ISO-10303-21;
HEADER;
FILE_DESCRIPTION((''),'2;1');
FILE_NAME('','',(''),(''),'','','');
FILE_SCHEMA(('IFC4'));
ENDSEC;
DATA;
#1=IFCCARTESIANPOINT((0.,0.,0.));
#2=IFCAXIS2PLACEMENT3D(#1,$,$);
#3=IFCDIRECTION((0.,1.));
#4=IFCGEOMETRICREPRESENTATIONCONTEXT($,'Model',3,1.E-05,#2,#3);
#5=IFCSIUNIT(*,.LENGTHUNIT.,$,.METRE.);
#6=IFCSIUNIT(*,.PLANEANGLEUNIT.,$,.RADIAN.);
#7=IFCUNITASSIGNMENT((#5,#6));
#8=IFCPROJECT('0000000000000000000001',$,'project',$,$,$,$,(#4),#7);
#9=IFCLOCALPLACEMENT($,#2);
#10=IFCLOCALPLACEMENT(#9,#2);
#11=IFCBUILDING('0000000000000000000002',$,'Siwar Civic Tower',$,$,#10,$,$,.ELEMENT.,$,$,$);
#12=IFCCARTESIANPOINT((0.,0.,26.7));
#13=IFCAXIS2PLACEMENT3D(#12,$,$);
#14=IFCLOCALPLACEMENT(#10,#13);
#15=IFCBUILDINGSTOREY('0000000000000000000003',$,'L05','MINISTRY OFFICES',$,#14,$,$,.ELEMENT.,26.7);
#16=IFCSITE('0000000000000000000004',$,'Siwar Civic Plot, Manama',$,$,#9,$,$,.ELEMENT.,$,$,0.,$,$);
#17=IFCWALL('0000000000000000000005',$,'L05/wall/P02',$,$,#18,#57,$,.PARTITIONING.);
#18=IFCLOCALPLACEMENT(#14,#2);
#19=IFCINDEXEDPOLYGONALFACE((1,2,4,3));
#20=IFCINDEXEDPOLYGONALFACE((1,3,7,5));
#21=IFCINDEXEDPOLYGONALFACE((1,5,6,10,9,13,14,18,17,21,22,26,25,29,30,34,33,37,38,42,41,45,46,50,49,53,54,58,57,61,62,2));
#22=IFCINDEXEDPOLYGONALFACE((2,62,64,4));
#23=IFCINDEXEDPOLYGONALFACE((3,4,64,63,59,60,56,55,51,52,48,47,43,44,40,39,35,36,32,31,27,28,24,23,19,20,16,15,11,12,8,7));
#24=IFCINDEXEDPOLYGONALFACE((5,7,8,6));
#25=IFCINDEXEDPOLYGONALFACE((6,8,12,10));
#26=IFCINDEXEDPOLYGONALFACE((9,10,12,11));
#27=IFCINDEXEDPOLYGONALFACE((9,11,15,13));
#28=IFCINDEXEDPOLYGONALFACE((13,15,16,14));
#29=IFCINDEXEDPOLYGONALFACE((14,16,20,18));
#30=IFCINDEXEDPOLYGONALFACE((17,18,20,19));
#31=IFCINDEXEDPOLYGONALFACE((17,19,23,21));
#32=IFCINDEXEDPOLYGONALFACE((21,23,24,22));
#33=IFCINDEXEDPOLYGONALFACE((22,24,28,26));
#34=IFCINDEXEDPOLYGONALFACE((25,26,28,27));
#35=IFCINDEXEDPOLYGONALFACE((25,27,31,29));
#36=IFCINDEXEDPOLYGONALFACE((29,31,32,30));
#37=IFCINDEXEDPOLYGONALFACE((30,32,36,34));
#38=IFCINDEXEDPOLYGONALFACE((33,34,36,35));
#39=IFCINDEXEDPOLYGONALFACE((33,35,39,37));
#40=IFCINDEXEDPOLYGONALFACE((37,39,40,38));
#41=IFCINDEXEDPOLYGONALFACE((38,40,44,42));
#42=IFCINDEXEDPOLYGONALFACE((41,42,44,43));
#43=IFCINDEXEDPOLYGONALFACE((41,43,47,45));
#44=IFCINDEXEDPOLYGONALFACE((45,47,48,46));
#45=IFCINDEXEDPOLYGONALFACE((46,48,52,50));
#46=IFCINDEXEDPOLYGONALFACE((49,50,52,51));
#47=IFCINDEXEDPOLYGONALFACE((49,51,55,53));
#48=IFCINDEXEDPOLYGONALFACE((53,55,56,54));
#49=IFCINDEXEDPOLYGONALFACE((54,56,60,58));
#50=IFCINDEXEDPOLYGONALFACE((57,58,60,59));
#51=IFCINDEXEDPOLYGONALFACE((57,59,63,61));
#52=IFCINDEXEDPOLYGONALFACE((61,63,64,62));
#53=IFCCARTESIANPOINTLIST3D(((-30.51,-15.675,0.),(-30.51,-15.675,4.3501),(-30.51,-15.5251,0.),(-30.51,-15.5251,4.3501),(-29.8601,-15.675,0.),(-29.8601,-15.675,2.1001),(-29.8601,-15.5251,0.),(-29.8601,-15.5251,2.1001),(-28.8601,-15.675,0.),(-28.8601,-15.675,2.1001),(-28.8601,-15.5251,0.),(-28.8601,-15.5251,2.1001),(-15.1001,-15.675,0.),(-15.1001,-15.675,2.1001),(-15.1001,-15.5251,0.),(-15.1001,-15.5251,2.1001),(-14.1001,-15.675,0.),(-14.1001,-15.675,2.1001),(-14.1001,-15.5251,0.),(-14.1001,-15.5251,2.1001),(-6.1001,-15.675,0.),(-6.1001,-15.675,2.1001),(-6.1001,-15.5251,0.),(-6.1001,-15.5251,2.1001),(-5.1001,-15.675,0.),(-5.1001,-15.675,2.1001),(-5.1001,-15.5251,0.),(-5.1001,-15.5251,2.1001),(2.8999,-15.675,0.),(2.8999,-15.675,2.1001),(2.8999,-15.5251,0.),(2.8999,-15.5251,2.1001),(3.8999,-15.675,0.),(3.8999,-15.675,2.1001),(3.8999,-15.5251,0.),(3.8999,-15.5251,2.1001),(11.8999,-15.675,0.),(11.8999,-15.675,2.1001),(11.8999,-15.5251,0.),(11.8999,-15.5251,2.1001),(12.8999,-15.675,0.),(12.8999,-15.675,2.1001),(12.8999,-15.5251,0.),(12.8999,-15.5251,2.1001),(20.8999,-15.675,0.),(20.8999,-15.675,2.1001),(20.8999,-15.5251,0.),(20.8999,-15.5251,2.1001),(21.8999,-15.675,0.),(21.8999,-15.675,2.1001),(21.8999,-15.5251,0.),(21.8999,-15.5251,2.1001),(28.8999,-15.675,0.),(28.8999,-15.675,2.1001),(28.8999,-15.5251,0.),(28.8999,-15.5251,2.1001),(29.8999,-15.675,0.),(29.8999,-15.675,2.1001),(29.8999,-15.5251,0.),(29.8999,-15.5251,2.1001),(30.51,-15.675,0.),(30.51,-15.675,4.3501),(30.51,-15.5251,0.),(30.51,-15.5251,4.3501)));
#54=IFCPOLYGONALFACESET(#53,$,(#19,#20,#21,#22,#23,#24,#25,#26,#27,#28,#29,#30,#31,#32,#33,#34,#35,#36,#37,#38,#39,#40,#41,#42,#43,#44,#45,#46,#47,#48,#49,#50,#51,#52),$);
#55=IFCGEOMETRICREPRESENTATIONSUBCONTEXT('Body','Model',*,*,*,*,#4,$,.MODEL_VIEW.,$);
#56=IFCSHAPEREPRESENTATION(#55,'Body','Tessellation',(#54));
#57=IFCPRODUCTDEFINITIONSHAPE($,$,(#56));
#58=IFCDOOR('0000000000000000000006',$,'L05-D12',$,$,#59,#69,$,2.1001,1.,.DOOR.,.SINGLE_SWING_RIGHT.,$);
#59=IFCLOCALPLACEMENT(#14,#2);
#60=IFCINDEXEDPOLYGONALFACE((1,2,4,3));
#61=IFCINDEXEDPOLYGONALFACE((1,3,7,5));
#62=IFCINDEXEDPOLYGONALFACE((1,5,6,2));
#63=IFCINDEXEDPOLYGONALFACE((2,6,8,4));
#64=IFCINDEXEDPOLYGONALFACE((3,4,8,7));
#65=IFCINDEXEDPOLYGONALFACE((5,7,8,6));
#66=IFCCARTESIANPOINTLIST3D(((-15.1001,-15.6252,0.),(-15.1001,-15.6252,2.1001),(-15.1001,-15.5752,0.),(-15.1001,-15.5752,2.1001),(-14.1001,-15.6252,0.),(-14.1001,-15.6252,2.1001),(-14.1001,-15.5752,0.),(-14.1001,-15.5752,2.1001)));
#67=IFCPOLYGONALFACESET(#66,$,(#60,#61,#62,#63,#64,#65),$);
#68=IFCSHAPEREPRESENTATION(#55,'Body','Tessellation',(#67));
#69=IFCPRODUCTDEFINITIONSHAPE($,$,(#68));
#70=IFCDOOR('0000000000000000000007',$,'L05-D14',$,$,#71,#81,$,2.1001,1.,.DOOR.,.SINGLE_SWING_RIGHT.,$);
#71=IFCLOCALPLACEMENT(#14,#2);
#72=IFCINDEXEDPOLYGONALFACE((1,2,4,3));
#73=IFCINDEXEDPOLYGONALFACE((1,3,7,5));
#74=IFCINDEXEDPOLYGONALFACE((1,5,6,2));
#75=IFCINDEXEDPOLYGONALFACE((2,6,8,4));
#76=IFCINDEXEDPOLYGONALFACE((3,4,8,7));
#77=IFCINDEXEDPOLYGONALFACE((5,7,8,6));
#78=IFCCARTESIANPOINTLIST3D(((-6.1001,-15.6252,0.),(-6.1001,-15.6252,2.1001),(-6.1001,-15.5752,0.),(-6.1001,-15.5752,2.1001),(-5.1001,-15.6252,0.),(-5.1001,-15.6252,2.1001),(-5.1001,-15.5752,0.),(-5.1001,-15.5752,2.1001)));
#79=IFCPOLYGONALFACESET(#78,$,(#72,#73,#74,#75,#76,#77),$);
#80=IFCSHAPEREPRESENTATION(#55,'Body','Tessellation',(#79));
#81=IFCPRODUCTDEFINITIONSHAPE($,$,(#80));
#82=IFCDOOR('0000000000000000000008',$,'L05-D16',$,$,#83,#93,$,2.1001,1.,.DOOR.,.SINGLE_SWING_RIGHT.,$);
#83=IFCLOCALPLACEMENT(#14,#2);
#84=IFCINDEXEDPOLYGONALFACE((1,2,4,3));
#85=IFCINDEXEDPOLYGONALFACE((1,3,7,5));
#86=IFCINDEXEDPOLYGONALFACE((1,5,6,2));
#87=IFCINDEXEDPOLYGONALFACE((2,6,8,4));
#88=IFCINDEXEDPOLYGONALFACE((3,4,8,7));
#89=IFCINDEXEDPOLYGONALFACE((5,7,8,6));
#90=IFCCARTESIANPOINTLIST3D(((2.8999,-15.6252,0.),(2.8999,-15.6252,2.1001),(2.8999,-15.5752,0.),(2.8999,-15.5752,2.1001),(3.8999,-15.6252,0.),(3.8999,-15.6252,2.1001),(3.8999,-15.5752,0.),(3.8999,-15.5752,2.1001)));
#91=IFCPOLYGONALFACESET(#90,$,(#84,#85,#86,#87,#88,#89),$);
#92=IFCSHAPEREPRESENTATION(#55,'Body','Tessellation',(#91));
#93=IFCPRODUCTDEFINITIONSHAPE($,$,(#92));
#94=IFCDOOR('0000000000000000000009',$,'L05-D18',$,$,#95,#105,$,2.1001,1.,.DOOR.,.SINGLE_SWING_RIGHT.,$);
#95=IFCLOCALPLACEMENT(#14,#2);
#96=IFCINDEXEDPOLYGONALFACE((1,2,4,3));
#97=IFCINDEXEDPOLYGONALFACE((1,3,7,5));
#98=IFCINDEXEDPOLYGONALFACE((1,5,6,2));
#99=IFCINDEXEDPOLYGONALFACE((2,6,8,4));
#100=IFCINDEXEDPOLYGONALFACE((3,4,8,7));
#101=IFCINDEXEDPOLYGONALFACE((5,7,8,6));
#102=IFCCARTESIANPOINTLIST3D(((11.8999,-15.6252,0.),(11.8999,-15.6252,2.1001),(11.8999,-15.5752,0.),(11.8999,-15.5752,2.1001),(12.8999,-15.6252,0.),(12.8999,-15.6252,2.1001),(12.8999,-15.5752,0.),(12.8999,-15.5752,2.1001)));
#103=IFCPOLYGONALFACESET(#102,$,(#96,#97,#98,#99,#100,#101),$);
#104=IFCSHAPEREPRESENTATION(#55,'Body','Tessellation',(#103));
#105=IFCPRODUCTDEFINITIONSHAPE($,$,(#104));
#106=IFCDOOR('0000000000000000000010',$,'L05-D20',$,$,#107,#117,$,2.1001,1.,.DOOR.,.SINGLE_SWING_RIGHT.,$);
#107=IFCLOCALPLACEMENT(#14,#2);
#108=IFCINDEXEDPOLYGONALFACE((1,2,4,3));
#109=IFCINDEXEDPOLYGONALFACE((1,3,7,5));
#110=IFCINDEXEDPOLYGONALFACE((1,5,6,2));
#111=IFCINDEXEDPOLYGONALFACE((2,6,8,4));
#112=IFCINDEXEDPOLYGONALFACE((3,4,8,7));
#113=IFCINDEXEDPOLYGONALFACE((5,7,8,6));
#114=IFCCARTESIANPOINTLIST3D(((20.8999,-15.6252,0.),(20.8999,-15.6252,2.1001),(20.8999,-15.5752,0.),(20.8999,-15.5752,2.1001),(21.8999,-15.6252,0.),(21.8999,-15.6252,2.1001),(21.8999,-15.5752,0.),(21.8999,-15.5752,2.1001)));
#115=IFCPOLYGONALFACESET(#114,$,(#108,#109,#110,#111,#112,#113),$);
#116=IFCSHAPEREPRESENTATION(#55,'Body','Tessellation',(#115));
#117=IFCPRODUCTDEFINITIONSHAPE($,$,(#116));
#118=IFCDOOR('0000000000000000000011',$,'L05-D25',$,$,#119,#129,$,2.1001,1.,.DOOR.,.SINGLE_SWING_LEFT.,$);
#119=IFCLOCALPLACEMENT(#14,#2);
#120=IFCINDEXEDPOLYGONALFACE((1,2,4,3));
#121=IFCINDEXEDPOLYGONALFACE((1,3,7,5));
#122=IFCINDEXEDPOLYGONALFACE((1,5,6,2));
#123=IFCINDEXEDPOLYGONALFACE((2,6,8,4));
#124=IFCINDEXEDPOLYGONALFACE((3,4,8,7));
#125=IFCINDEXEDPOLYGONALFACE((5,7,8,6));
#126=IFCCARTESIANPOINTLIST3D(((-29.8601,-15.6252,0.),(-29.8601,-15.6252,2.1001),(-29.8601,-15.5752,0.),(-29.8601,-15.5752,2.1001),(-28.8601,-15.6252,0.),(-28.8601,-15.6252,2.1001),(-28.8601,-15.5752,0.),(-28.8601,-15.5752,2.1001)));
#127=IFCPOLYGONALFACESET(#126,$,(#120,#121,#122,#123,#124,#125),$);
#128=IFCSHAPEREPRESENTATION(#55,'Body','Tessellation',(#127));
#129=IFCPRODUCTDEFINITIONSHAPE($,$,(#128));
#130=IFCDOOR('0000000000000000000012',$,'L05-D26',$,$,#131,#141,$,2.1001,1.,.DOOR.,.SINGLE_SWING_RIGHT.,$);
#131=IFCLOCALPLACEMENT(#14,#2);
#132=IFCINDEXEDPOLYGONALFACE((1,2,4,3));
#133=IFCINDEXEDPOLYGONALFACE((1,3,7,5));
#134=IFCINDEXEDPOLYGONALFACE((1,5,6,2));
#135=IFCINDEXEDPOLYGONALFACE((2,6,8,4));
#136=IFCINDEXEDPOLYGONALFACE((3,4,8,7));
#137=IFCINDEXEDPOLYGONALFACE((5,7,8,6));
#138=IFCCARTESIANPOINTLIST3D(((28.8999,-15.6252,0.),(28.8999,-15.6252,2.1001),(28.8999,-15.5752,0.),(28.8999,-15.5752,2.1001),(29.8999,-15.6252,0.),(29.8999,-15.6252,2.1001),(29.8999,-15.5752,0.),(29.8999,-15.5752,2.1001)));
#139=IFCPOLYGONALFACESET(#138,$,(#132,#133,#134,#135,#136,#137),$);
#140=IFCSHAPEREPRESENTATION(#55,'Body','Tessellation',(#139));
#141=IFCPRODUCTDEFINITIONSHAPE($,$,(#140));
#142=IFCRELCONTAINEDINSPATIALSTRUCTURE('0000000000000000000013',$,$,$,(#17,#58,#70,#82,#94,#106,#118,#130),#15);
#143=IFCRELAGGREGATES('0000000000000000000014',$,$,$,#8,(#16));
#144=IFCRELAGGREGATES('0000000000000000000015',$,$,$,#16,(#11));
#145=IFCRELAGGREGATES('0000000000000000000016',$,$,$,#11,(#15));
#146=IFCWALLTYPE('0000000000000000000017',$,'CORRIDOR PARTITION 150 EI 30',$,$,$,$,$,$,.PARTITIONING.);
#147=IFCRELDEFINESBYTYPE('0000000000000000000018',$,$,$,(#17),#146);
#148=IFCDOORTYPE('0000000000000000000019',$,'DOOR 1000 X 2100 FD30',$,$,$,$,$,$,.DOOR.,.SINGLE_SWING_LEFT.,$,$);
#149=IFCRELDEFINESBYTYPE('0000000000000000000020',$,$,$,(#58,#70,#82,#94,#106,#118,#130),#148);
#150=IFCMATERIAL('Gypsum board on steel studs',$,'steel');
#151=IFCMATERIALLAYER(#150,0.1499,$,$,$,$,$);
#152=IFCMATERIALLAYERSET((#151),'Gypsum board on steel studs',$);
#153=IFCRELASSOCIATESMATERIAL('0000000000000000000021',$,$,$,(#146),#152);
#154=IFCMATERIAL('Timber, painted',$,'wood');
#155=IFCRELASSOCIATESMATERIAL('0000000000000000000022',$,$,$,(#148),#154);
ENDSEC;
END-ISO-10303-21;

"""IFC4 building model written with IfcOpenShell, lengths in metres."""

from ifc_helpers import new_model, si_unit, direction, frame, frame_2d, origin, place, context, subcontext, project, spatial, rectangle, extrude, material, layer, layer_set, type_object, element, fill, save


model = new_model("IFC4")

# Units and contexts
model_context = context("Model", 3, precision=1e-05, world=origin(), true_north=direction((0.0, 1.0)))
body_context = subcontext(model_context, "Body", "Model", "MODEL_VIEW")
ifc_project = project(units=[si_unit("LENGTHUNIT", "METRE"), si_unit("PLANEANGLEUNIT", "RADIAN")], contexts=[model_context])

# Site, building, storey
site_placement = place(None, origin())
site = spatial("IfcSite", under=ifc_project, at=site_placement, Name="Siwar Civic Plot, Manama", CompositionType="ELEMENT", RefElevation=0.0)
building_placement = place(site_placement, origin())
building = spatial("IfcBuilding", under=site, at=building_placement, Name="Siwar Civic Tower", CompositionType="ELEMENT")
storey_placement = place(building_placement, frame((0.0, 0.0, 26.7)))
storey = spatial("IfcBuildingStorey", under=building, at=storey_placement, Name="L05", Description="MINISTRY OFFICES", CompositionType="ELEMENT", Elevation=26.7)

# Wall, openings, doors
ifc_material_1 = material(Name="Gypsum board on steel studs", Category="steel")
ifc_layer_1 = layer(ifc_material_1, 0.1499)
ifc_layer_set_1 = layer_set([ifc_layer_1], Name="Gypsum board on steel studs")
wall_type_1 = type_object("IfcWallType", Name="CORRIDOR PARTITION 150 EI 30", PredefinedType="PARTITIONING", material=ifc_layer_set_1)
wall_1_placement = place(storey_placement, frame((-30.51, -15.6001, 0.0), z_axis=(0.0, 0.0, 1.0), x_axis=(1.0, 0.0, 0.0)))
wall_1 = element("IfcWall", 1, at=wall_1_placement, inside=storey, type_object=wall_type_1, Name="L05/wall/P02", PredefinedType="PARTITIONING", context=body_context, shape_type="SweptSolid", body=[
    extrude(rectangle(XDim=61.02, YDim=0.1499, at=frame_2d((30.51, 0.0))), origin(), (0.0, 0.0, 1.0), 4.3501),
])
opening_1_placement = place(wall_1_placement, frame((15.4099, 0.0, 0.0)))
opening_1 = element("IfcOpeningElement", 2, at=opening_1_placement, cuts=wall_1, PredefinedType="OPENING", context=body_context, shape_type="SweptSolid", body=[
    extrude(rectangle(XDim=1.0, YDim=2.1001, at=frame_2d((0.5, 1.05))), frame((0.0, 0.085, 0.0), z_axis=(0.0, -1.0, 0.0), x_axis=(1.0, 0.0, 0.0)), (0.0, 0.0, 1.0), 0.1699),
])
opening_2_placement = place(wall_1_placement, frame((24.4099, 0.0, 0.0)))
opening_2 = element("IfcOpeningElement", 3, at=opening_2_placement, cuts=wall_1, PredefinedType="OPENING", context=body_context, shape_type="SweptSolid", body=[
    extrude(rectangle(XDim=1.0, YDim=2.1001, at=frame_2d((0.5, 1.05))), frame((0.0, 0.085, 0.0), z_axis=(0.0, -1.0, 0.0), x_axis=(1.0, 0.0, 0.0)), (0.0, 0.0, 1.0), 0.1699),
])
opening_3_placement = place(wall_1_placement, frame((33.4099, 0.0, 0.0)))
opening_3 = element("IfcOpeningElement", 4, at=opening_3_placement, cuts=wall_1, PredefinedType="OPENING", context=body_context, shape_type="SweptSolid", body=[
    extrude(rectangle(XDim=1.0, YDim=2.1001, at=frame_2d((0.5, 1.05))), frame((0.0, 0.085, 0.0), z_axis=(0.0, -1.0, 0.0), x_axis=(1.0, 0.0, 0.0)), (0.0, 0.0, 1.0), 0.1699),
])
opening_4_placement = place(wall_1_placement, frame((42.4099, 0.0, 0.0)))
opening_4 = element("IfcOpeningElement", 5, at=opening_4_placement, cuts=wall_1, PredefinedType="OPENING", context=body_context, shape_type="SweptSolid", body=[
    extrude(rectangle(XDim=1.0, YDim=2.1001, at=frame_2d((0.5, 1.05))), frame((0.0, 0.085, 0.0), z_axis=(0.0, -1.0, 0.0), x_axis=(1.0, 0.0, 0.0)), (0.0, 0.0, 1.0), 0.1699),
])
opening_5_placement = place(wall_1_placement, frame((51.4099, 0.0, 0.0)))
opening_5 = element("IfcOpeningElement", 6, at=opening_5_placement, cuts=wall_1, PredefinedType="OPENING", context=body_context, shape_type="SweptSolid", body=[
    extrude(rectangle(XDim=1.0, YDim=2.1001, at=frame_2d((0.5, 1.05))), frame((0.0, 0.085, 0.0), z_axis=(0.0, -1.0, 0.0), x_axis=(1.0, 0.0, 0.0)), (0.0, 0.0, 1.0), 0.1699),
])
opening_6_placement = place(wall_1_placement, frame((0.6499, 0.0, 0.0)))
opening_6 = element("IfcOpeningElement", 7, at=opening_6_placement, cuts=wall_1, PredefinedType="OPENING", context=body_context, shape_type="SweptSolid", body=[
    extrude(rectangle(XDim=1.0, YDim=2.1001, at=frame_2d((0.5, 1.05))), frame((0.0, 0.085, 0.0), z_axis=(0.0, -1.0, 0.0), x_axis=(1.0, 0.0, 0.0)), (0.0, 0.0, 1.0), 0.1699),
])
opening_7_placement = place(wall_1_placement, frame((59.4099, 0.0, 0.0)))
opening_7 = element("IfcOpeningElement", 8, at=opening_7_placement, cuts=wall_1, PredefinedType="OPENING", context=body_context, shape_type="SweptSolid", body=[
    extrude(rectangle(XDim=1.0, YDim=2.1001, at=frame_2d((0.5, 1.05))), frame((0.0, 0.085, 0.0), z_axis=(0.0, -1.0, 0.0), x_axis=(1.0, 0.0, 0.0)), (0.0, 0.0, 1.0), 0.1699),
])
ifc_material_2 = material(Name="Timber, painted", Category="wood")
door_type_1 = type_object("IfcDoorType", Name="DOOR 1000 X 2100 FD30", OperationType="SINGLE_SWING_LEFT", PredefinedType="DOOR", material=ifc_material_2)
door_1_placement = place(opening_1_placement, origin())
door_1 = element("IfcDoor", 9, at=door_1_placement, inside=storey, type_object=door_type_1, Name="L05-D12", OperationType="SINGLE_SWING_RIGHT", OverallHeight=2.1001, OverallWidth=1.0, PredefinedType="DOOR", context=body_context, shape_type="SweptSolid", body=[
    extrude(rectangle(XDim=1.0, YDim=2.1001, at=frame_2d((0.5, 1.05))), frame((0.0, 0.0249, 0.0), z_axis=(0.0, -1.0, 0.0), x_axis=(1.0, 0.0, 0.0)), (0.0, 0.0, 1.0), 0.05),
])
fill(opening_1, door_1)
door_2_placement = place(opening_2_placement, origin())
door_2 = element("IfcDoor", 10, at=door_2_placement, inside=storey, type_object=door_type_1, Name="L05-D14", OperationType="SINGLE_SWING_RIGHT", OverallHeight=2.1001, OverallWidth=1.0, PredefinedType="DOOR", context=body_context, shape_type="SweptSolid", body=[
    extrude(rectangle(XDim=1.0, YDim=2.1001, at=frame_2d((0.5, 1.05))), frame((0.0, 0.0249, 0.0), z_axis=(0.0, -1.0, 0.0), x_axis=(1.0, 0.0, 0.0)), (0.0, 0.0, 1.0), 0.05),
])
fill(opening_2, door_2)
door_3_placement = place(opening_3_placement, origin())
door_3 = element("IfcDoor", 11, at=door_3_placement, inside=storey, type_object=door_type_1, Name="L05-D16", OperationType="SINGLE_SWING_RIGHT", OverallHeight=2.1001, OverallWidth=1.0, PredefinedType="DOOR", context=body_context, shape_type="SweptSolid", body=[
    extrude(rectangle(XDim=1.0, YDim=2.1001, at=frame_2d((0.5, 1.05))), frame((0.0, 0.0249, 0.0), z_axis=(0.0, -1.0, 0.0), x_axis=(1.0, 0.0, 0.0)), (0.0, 0.0, 1.0), 0.05),
])
fill(opening_3, door_3)
door_4_placement = place(opening_4_placement, origin())
door_4 = element("IfcDoor", 12, at=door_4_placement, inside=storey, type_object=door_type_1, Name="L05-D18", OperationType="SINGLE_SWING_RIGHT", OverallHeight=2.1001, OverallWidth=1.0, PredefinedType="DOOR", context=body_context, shape_type="SweptSolid", body=[
    extrude(rectangle(XDim=1.0, YDim=2.1001, at=frame_2d((0.5, 1.05))), frame((0.0, 0.0249, 0.0), z_axis=(0.0, -1.0, 0.0), x_axis=(1.0, 0.0, 0.0)), (0.0, 0.0, 1.0), 0.05),
])
fill(opening_4, door_4)
door_5_placement = place(opening_5_placement, origin())
door_5 = element("IfcDoor", 13, at=door_5_placement, inside=storey, type_object=door_type_1, Name="L05-D20", OperationType="SINGLE_SWING_RIGHT", OverallHeight=2.1001, OverallWidth=1.0, PredefinedType="DOOR", context=body_context, shape_type="SweptSolid", body=[
    extrude(rectangle(XDim=1.0, YDim=2.1001, at=frame_2d((0.5, 1.05))), frame((0.0, 0.0249, 0.0), z_axis=(0.0, -1.0, 0.0), x_axis=(1.0, 0.0, 0.0)), (0.0, 0.0, 1.0), 0.05),
])
fill(opening_5, door_5)
door_6_placement = place(opening_6_placement, origin())
door_6 = element("IfcDoor", 14, at=door_6_placement, inside=storey, type_object=door_type_1, Name="L05-D25", OperationType="SINGLE_SWING_LEFT", OverallHeight=2.1001, OverallWidth=1.0, PredefinedType="DOOR", context=body_context, shape_type="SweptSolid", body=[
    extrude(rectangle(XDim=1.0, YDim=2.1001, at=frame_2d((0.5, 1.05))), frame((0.0, 0.0249, 0.0), z_axis=(0.0, -1.0, 0.0), x_axis=(1.0, 0.0, 0.0)), (0.0, 0.0, 1.0), 0.05),
])
fill(opening_6, door_6)
door_7_placement = place(opening_7_placement, origin())
door_7 = element("IfcDoor", 15, at=door_7_placement, inside=storey, type_object=door_type_1, Name="L05-D26", OperationType="SINGLE_SWING_RIGHT", OverallHeight=2.1001, OverallWidth=1.0, PredefinedType="DOOR", context=body_context, shape_type="SweptSolid", body=[
    extrude(rectangle(XDim=1.0, YDim=2.1001, at=frame_2d((0.5, 1.05))), frame((0.0, 0.0249, 0.0), z_axis=(0.0, -1.0, 0.0), x_axis=(1.0, 0.0, 0.0)), (0.0, 0.0, 1.0), 0.05),
])
fill(opening_7, door_7)

save(model, "model.ifc")
